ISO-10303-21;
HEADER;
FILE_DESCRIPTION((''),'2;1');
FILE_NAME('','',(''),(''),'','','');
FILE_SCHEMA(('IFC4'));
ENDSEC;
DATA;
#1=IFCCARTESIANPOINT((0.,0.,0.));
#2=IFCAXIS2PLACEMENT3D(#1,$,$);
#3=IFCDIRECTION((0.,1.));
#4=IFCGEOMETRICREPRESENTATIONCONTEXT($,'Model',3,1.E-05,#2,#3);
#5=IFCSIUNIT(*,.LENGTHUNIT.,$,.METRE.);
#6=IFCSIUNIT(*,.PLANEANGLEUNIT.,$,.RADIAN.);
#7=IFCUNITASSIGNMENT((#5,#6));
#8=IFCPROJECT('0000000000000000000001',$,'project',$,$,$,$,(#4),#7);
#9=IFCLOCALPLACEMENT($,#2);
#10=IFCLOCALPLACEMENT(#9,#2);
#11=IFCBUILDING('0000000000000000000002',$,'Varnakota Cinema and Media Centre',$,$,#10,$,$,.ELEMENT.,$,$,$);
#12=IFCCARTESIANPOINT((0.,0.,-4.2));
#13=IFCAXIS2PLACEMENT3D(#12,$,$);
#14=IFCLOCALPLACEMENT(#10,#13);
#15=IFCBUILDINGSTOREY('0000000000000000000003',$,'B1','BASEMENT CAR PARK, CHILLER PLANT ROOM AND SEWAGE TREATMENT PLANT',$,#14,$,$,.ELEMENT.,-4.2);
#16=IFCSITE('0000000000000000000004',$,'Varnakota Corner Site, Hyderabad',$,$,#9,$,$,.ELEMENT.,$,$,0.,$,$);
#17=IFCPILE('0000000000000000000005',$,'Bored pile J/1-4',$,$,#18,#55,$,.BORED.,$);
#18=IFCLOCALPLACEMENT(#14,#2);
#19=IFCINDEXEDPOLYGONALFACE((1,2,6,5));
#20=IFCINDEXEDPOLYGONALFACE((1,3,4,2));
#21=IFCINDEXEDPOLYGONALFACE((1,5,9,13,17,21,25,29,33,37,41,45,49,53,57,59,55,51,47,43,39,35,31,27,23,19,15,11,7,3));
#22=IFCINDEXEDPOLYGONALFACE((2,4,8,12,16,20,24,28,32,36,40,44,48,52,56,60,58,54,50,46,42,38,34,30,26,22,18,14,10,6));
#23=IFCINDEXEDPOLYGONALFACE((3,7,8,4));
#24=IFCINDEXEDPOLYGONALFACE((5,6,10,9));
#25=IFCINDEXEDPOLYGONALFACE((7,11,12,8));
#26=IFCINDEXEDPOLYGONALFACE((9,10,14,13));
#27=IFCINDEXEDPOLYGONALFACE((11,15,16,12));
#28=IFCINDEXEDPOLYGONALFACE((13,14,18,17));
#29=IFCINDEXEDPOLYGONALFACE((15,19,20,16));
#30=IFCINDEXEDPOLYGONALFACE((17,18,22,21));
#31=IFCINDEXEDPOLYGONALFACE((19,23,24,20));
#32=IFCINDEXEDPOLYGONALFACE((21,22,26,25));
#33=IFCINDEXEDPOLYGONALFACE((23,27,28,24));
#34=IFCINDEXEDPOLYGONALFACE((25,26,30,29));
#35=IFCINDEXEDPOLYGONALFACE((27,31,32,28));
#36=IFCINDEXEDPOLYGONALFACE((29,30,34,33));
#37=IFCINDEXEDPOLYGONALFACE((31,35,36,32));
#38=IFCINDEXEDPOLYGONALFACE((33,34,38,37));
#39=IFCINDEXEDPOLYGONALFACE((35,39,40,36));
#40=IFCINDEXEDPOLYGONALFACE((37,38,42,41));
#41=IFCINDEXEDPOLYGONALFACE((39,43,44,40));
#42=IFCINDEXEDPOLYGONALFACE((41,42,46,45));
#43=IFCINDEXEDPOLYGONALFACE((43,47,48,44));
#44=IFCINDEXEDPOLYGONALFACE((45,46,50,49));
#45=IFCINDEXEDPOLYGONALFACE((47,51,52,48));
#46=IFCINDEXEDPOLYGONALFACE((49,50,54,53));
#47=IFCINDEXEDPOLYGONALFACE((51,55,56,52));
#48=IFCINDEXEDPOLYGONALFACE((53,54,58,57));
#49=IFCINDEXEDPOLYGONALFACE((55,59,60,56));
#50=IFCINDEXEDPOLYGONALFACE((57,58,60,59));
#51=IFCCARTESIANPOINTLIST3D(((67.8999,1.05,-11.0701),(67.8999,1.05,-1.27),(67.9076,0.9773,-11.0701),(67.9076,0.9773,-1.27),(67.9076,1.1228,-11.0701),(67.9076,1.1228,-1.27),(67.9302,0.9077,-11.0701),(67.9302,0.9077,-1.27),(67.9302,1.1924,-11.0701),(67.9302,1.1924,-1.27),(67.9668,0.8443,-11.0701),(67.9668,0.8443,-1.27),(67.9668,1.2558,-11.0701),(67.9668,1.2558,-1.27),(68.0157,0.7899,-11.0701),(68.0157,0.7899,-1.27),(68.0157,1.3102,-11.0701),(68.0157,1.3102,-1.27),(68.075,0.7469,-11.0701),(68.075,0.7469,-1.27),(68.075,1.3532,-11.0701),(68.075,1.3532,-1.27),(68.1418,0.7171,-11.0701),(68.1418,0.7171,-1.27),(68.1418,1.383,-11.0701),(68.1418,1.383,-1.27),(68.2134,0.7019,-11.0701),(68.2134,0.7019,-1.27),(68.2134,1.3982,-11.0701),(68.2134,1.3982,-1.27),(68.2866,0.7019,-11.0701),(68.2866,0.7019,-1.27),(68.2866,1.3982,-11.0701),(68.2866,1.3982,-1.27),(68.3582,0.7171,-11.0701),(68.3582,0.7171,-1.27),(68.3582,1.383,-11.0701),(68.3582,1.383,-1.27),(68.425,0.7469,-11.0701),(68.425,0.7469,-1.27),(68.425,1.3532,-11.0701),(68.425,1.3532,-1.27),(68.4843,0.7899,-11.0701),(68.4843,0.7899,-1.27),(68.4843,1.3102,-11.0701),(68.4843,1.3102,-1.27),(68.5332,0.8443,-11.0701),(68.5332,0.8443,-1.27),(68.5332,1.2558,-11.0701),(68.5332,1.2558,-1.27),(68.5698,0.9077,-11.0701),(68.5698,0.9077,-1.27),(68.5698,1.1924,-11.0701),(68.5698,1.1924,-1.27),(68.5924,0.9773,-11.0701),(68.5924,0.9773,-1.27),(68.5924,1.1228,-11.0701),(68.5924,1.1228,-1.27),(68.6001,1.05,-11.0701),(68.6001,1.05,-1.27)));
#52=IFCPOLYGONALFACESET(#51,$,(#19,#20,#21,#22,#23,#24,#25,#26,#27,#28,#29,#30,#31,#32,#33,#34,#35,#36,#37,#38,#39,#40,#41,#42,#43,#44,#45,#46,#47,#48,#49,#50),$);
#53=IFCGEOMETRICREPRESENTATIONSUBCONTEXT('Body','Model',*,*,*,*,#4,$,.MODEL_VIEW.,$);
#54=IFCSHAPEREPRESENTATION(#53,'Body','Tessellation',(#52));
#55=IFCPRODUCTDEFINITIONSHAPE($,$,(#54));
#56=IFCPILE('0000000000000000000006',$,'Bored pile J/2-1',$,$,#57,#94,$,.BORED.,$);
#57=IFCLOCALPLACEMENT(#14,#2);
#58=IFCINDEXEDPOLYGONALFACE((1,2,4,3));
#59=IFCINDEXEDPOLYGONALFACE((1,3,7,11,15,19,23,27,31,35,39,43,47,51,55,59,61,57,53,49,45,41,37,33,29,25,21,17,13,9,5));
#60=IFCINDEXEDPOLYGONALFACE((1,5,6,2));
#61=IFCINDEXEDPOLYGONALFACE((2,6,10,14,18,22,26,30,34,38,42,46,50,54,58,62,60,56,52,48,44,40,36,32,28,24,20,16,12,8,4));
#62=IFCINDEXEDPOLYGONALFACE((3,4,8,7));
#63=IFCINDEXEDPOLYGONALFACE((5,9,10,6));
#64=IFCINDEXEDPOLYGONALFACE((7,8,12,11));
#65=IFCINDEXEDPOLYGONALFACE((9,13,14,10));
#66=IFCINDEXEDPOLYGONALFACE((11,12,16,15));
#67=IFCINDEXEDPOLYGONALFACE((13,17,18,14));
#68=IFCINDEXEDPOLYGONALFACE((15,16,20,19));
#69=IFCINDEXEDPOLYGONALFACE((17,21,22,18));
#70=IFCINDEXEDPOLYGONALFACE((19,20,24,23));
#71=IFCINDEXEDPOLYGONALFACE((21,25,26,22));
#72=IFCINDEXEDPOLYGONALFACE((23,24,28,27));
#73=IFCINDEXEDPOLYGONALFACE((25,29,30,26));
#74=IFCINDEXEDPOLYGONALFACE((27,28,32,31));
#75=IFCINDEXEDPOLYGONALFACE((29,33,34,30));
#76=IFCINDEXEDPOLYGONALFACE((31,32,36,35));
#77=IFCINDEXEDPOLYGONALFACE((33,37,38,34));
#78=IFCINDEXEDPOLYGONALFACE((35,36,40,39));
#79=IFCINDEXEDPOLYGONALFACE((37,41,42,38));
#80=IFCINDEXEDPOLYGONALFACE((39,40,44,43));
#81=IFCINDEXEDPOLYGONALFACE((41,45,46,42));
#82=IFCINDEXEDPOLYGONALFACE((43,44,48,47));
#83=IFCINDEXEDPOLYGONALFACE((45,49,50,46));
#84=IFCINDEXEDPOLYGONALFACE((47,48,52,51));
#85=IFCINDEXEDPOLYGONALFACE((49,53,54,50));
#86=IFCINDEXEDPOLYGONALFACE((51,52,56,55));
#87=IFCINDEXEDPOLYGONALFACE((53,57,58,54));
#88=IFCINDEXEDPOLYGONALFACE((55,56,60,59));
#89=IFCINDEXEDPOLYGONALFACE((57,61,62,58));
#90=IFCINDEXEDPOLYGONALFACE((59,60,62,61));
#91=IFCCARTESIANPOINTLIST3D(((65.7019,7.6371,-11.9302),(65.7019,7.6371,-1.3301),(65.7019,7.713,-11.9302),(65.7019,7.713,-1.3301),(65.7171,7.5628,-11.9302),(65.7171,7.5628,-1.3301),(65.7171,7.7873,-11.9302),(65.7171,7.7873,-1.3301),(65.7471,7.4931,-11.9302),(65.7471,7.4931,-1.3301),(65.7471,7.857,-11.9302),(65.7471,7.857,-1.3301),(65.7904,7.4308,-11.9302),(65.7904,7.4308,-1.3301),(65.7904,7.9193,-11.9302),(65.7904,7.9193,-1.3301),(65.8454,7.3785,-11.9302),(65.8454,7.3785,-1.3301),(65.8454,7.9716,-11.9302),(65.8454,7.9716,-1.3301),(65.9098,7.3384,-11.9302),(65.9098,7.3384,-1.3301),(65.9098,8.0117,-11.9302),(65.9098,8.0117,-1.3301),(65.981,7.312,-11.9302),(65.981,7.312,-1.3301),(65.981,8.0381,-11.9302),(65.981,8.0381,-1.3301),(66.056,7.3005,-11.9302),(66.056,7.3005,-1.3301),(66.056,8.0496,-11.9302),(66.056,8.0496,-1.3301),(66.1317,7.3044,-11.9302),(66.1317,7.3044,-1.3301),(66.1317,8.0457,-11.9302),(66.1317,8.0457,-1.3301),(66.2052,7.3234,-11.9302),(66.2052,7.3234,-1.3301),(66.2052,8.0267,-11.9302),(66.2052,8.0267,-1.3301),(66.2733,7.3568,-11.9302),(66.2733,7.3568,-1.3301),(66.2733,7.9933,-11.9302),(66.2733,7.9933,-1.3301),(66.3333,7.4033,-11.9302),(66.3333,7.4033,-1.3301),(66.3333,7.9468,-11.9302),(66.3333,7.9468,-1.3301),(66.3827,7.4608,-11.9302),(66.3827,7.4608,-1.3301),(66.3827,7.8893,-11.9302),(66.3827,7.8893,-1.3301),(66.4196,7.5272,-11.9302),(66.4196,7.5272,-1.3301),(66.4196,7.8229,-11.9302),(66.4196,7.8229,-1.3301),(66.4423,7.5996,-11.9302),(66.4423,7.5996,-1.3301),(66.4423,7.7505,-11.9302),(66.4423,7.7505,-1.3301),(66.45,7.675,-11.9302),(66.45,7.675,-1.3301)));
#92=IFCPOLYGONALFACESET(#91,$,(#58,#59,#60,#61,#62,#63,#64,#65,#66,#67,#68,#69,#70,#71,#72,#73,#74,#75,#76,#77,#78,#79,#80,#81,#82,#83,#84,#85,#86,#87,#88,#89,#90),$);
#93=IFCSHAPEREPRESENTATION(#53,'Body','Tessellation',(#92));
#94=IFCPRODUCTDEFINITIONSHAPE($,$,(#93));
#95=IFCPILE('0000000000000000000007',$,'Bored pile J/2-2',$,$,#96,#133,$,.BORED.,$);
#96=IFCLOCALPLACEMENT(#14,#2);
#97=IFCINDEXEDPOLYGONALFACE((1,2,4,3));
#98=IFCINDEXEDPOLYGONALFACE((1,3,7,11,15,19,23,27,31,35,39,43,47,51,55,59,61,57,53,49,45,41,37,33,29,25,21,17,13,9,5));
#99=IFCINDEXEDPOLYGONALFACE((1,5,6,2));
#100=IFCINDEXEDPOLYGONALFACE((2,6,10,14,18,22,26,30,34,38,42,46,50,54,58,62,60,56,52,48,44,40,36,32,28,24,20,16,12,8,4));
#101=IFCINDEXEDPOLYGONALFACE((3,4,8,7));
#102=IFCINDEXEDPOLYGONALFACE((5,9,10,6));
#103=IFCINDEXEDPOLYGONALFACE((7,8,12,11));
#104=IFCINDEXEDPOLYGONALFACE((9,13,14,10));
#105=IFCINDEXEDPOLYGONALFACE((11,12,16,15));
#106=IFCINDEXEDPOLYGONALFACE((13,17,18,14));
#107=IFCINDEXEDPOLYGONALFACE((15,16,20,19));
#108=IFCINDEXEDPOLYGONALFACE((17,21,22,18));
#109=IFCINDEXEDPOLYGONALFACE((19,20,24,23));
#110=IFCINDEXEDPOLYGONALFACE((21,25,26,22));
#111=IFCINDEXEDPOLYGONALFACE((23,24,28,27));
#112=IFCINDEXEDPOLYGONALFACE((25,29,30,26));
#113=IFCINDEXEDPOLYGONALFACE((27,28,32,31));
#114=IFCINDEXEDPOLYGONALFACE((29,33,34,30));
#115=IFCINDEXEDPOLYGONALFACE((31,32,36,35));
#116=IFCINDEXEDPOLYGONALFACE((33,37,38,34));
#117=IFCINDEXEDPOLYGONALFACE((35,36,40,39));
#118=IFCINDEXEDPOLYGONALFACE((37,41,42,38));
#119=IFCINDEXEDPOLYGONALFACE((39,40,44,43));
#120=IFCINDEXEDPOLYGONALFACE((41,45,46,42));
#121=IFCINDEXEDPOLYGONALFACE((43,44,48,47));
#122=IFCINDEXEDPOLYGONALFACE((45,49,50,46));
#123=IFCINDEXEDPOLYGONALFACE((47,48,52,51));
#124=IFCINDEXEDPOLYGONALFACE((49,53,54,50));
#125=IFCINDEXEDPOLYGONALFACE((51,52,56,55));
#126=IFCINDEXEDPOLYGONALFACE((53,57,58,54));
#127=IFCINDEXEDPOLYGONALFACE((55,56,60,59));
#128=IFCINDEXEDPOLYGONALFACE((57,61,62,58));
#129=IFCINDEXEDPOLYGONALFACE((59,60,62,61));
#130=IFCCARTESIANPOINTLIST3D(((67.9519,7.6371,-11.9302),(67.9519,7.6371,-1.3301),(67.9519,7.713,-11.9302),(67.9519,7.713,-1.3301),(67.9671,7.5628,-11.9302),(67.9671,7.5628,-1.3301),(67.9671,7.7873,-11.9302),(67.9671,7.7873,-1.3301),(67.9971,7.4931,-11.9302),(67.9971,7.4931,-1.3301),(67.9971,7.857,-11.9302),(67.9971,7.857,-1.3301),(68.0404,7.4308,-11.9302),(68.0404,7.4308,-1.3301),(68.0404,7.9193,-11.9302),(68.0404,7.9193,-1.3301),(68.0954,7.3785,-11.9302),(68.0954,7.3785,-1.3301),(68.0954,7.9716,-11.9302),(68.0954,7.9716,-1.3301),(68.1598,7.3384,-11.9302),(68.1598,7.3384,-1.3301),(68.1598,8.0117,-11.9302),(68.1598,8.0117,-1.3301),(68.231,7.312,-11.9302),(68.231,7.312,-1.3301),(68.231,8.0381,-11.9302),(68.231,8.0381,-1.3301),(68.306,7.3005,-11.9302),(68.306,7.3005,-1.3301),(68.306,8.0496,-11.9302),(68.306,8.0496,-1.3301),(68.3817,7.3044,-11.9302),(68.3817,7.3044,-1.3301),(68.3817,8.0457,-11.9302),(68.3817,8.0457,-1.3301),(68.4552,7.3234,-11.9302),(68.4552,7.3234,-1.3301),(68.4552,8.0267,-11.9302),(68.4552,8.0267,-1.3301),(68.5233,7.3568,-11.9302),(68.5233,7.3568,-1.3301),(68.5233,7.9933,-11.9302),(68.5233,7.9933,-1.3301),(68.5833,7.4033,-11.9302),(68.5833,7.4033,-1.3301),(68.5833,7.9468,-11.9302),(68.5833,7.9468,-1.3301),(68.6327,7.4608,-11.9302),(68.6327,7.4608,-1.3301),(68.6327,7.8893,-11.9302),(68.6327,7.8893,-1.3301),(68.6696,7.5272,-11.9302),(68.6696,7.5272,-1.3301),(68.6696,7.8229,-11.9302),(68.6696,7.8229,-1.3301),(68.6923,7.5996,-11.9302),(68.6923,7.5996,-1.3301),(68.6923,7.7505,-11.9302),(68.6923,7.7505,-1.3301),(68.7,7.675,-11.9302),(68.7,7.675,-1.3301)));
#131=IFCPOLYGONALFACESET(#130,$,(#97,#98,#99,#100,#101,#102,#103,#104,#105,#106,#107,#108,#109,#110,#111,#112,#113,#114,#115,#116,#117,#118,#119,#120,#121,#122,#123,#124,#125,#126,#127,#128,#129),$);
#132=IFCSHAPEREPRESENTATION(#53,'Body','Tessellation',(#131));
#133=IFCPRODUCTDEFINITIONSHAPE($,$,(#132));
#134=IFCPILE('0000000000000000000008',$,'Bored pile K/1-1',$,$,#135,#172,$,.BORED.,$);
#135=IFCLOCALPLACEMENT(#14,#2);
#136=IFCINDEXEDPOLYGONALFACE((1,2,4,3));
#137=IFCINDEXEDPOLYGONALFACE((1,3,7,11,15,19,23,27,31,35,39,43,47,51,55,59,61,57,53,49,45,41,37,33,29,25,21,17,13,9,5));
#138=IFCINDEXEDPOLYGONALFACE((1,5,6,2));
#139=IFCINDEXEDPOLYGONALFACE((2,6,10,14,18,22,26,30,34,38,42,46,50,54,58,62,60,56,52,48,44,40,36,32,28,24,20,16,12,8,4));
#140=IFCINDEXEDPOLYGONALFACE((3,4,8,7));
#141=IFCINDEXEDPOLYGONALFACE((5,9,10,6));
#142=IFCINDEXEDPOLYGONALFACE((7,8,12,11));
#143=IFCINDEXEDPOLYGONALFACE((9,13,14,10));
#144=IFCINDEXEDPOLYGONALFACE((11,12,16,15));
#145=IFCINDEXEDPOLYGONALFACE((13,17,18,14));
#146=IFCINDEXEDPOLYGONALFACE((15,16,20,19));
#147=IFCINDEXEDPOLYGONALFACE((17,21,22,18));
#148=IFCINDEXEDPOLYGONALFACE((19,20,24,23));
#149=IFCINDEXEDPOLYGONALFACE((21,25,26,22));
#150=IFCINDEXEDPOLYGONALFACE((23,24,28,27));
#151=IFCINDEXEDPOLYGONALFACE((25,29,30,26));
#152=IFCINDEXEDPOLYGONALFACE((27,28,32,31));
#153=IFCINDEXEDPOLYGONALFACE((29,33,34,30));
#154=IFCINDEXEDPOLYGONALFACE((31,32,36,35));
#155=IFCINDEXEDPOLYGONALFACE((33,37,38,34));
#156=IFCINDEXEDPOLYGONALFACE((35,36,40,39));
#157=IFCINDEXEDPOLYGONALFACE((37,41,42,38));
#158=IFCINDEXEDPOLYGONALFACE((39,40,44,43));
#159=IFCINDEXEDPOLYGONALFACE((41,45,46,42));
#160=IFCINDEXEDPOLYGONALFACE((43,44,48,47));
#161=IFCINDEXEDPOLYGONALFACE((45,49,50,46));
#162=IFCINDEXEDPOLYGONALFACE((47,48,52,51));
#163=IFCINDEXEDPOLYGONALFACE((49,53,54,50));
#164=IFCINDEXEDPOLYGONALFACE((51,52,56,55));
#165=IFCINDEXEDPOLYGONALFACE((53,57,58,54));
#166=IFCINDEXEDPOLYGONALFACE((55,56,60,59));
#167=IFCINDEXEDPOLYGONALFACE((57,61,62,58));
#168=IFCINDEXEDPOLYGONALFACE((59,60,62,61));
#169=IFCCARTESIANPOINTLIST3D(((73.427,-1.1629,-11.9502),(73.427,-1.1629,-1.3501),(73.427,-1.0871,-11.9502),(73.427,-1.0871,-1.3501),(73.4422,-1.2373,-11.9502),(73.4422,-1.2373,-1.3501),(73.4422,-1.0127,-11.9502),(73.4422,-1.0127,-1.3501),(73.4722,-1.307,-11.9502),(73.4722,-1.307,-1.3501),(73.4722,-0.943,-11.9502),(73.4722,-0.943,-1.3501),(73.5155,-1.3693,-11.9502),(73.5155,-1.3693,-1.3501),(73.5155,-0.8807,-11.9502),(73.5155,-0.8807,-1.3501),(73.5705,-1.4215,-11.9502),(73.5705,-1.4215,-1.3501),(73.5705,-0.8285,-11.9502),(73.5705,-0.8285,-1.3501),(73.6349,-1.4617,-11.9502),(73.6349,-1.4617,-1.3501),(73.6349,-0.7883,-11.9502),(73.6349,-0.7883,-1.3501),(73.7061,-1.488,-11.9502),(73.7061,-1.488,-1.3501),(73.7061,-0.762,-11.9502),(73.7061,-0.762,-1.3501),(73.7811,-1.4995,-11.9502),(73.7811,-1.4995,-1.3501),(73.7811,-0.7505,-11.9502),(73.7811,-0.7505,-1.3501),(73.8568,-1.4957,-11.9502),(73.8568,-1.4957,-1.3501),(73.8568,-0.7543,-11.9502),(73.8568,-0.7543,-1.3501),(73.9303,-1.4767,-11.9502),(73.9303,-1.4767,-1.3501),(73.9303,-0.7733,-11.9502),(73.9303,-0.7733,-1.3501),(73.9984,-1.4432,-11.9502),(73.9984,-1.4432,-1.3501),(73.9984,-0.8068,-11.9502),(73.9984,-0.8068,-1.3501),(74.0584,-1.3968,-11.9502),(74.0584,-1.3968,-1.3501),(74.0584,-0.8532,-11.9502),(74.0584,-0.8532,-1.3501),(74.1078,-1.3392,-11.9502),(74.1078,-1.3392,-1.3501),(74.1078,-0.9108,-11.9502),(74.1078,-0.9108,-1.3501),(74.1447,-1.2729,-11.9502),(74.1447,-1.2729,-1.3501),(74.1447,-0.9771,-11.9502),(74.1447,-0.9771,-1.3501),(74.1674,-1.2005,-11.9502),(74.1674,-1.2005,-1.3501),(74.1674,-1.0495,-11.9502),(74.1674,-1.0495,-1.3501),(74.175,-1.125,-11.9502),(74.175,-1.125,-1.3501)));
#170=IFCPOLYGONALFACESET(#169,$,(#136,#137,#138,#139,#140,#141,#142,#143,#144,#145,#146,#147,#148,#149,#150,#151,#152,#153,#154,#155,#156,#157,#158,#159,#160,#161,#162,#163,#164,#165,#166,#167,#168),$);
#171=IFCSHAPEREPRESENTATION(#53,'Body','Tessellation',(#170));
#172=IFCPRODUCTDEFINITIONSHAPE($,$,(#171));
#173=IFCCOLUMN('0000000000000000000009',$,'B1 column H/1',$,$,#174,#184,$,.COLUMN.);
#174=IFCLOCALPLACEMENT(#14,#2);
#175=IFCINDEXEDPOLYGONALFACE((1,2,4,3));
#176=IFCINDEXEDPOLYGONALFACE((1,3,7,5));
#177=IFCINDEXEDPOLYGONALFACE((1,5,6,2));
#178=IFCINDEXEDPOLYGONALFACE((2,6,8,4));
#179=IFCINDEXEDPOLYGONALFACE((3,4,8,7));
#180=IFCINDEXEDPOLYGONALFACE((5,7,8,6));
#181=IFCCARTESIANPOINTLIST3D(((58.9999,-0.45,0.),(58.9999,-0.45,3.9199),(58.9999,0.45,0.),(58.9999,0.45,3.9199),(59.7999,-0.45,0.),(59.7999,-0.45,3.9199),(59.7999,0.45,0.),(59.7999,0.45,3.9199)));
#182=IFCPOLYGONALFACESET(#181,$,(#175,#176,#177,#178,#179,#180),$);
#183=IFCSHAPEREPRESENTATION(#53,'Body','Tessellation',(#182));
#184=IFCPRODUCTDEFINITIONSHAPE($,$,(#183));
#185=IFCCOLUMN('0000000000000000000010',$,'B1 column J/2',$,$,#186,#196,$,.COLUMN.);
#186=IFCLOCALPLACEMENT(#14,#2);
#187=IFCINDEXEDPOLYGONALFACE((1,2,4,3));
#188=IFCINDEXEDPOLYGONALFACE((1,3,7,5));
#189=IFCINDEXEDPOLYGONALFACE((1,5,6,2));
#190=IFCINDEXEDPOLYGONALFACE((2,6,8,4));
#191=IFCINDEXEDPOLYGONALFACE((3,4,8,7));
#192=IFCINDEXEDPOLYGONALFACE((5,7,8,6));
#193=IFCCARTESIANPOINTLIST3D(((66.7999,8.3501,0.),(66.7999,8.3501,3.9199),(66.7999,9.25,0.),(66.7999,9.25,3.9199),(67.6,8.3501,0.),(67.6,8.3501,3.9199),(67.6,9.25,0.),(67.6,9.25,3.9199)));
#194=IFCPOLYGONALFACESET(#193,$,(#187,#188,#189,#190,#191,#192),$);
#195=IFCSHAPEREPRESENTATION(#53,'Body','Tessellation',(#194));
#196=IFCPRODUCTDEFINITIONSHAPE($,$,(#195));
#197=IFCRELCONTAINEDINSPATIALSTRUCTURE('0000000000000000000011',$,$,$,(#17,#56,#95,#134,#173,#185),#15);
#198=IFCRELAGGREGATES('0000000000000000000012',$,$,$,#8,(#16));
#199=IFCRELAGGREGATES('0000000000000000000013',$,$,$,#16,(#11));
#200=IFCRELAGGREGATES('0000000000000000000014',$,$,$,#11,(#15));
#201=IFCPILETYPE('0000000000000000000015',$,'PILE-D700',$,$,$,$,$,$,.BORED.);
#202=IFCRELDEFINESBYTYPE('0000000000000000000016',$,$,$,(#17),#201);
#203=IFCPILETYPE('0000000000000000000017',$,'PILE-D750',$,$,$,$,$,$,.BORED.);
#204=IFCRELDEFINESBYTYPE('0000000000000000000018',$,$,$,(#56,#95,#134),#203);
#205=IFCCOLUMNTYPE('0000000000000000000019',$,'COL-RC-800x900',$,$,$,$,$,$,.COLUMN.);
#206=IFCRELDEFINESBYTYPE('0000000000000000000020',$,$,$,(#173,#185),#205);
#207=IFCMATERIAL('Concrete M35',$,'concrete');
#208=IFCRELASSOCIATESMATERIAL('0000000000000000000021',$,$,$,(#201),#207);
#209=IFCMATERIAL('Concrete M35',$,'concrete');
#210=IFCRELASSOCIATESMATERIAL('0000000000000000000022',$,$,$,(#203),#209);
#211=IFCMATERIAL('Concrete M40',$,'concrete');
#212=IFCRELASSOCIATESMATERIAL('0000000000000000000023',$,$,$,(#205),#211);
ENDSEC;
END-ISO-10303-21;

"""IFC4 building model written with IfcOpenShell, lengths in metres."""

from ifc_helpers import new_model, si_unit, direction, frame, origin, origin_2d, place, context, subcontext, project, spatial, rectangle, circle, extrude, material, material_profile, profile_set, type_object, element, save


model = new_model("IFC4")

# Units and contexts
model_context = context("Model", 3, precision=1e-05, world=origin(), true_north=direction((0.0, 1.0)))
body_context = subcontext(model_context, "Body", "Model", "MODEL_VIEW")
ifc_project = project(units=[si_unit("LENGTHUNIT", "METRE"), si_unit("PLANEANGLEUNIT", "RADIAN")], contexts=[model_context])

# Site, building, storey
site_placement = place(None, origin())
site = spatial("IfcSite", under=ifc_project, at=site_placement, Name="Varnakota Corner Site, Hyderabad", CompositionType="ELEMENT", RefElevation=0.0)
building_placement = place(site_placement, origin())
building = spatial("IfcBuilding", under=site, at=building_placement, Name="Varnakota Cinema and Media Centre", CompositionType="ELEMENT")
storey_placement = place(building_placement, frame((0.0, 0.0, -4.2)))
storey = spatial("IfcBuildingStorey", under=building, at=storey_placement, Name="B1", Description="BASEMENT CAR PARK, CHILLER PLANT ROOM AND SEWAGE TREATMENT PLANT", CompositionType="ELEMENT", Elevation=-4.2)

# Piles
ifc_material_1 = material(Name="Concrete M35", Category="concrete")
ifc_material_profile_1 = material_profile(ifc_material_1, circle(Radius=0.3501, at=origin_2d()), Name="PILE D700")
ifc_profile_set_1 = profile_set([ifc_material_profile_1], Name="Concrete M35")
pile_type_1 = type_object("IfcPileType", Name="PILE-D700", PredefinedType="BORED", material=ifc_profile_set_1)
for number, where, z_axis, x_axis, name in (
    (1, (68.25, 1.05, -1.27), (0.0, 0.0, -1.0), (1.0, 0.0, 0.0), "Bored pile J/1-4"),
):
    element("IfcPile", number, at=place(storey_placement, frame(where, z_axis=z_axis, x_axis=x_axis)), inside=storey, type_object=pile_type_1, Name=name, PredefinedType="BORED", context=body_context, shape_type="SweptSolid", body=[
        extrude(circle(Radius=0.3501, at=origin_2d()), origin(), (0.0, 0.0, 1.0), 9.8),
    ])
ifc_material_2 = material(Name="Concrete M35", Category="concrete")
ifc_material_profile_2 = material_profile(ifc_material_2, circle(Radius=0.375, at=origin_2d()), Name="PILE D750")
ifc_profile_set_2 = profile_set([ifc_material_profile_2], Name="Concrete M35")
pile_type_2 = type_object("IfcPileType", Name="PILE-D750", PredefinedType="BORED", material=ifc_profile_set_2)
for number, where, z_axis, x_axis, name in (
    (2, (66.075, 7.675, -1.3301), (0.0, 0.0, -1.0), (1.0, 0.0, 0.0), "Bored pile J/2-1"),
    (3, (68.325, 7.675, -1.3301), (0.0, 0.0, -1.0), (1.0, 0.0, 0.0), "Bored pile J/2-2"),
    (4, (73.8, -1.125, -1.3501), (0.0, 0.0, -1.0), (1.0, 0.0, 0.0), "Bored pile K/1-1"),
):
    element("IfcPile", number, at=place(storey_placement, frame(where, z_axis=z_axis, x_axis=x_axis)), inside=storey, type_object=pile_type_2, Name=name, PredefinedType="BORED", context=body_context, shape_type="SweptSolid", body=[
        extrude(circle(Radius=0.375, at=origin_2d()), origin(), (0.0, 0.0, 1.0), 10.6001),
    ])

# Columns
ifc_material_3 = material(Name="Concrete M40", Category="concrete")
ifc_material_profile_3 = material_profile(ifc_material_3, rectangle(XDim=0.8, YDim=0.8999, at=origin_2d()), Name="RC 800x900")
ifc_profile_set_3 = profile_set([ifc_material_profile_3], Name="Concrete M40")
column_type_1 = type_object("IfcColumnType", Name="COL-RC-800x900", PredefinedType="COLUMN", material=ifc_profile_set_3)
for number, where, z_axis, x_axis, name in (
    (5, (59.3999, 0.0, 0.0), (0.0, 0.0, 1.0), (1.0, 0.0, 0.0), "B1 column H/1"),
    (6, (67.2, 8.8, 0.0), (0.0, 0.0, 1.0), (1.0, 0.0, 0.0), "B1 column J/2"),
):
    element("IfcColumn", number, at=place(storey_placement, frame(where, z_axis=z_axis, x_axis=x_axis)), inside=storey, type_object=column_type_1, Name=name, PredefinedType="COLUMN", context=body_context, shape_type="SweptSolid", body=[
        extrude(rectangle(XDim=0.8, YDim=0.8999, at=origin_2d()), origin(), (0.0, 0.0, 1.0), 3.9199),
    ])

save(model, "model.ifc")
